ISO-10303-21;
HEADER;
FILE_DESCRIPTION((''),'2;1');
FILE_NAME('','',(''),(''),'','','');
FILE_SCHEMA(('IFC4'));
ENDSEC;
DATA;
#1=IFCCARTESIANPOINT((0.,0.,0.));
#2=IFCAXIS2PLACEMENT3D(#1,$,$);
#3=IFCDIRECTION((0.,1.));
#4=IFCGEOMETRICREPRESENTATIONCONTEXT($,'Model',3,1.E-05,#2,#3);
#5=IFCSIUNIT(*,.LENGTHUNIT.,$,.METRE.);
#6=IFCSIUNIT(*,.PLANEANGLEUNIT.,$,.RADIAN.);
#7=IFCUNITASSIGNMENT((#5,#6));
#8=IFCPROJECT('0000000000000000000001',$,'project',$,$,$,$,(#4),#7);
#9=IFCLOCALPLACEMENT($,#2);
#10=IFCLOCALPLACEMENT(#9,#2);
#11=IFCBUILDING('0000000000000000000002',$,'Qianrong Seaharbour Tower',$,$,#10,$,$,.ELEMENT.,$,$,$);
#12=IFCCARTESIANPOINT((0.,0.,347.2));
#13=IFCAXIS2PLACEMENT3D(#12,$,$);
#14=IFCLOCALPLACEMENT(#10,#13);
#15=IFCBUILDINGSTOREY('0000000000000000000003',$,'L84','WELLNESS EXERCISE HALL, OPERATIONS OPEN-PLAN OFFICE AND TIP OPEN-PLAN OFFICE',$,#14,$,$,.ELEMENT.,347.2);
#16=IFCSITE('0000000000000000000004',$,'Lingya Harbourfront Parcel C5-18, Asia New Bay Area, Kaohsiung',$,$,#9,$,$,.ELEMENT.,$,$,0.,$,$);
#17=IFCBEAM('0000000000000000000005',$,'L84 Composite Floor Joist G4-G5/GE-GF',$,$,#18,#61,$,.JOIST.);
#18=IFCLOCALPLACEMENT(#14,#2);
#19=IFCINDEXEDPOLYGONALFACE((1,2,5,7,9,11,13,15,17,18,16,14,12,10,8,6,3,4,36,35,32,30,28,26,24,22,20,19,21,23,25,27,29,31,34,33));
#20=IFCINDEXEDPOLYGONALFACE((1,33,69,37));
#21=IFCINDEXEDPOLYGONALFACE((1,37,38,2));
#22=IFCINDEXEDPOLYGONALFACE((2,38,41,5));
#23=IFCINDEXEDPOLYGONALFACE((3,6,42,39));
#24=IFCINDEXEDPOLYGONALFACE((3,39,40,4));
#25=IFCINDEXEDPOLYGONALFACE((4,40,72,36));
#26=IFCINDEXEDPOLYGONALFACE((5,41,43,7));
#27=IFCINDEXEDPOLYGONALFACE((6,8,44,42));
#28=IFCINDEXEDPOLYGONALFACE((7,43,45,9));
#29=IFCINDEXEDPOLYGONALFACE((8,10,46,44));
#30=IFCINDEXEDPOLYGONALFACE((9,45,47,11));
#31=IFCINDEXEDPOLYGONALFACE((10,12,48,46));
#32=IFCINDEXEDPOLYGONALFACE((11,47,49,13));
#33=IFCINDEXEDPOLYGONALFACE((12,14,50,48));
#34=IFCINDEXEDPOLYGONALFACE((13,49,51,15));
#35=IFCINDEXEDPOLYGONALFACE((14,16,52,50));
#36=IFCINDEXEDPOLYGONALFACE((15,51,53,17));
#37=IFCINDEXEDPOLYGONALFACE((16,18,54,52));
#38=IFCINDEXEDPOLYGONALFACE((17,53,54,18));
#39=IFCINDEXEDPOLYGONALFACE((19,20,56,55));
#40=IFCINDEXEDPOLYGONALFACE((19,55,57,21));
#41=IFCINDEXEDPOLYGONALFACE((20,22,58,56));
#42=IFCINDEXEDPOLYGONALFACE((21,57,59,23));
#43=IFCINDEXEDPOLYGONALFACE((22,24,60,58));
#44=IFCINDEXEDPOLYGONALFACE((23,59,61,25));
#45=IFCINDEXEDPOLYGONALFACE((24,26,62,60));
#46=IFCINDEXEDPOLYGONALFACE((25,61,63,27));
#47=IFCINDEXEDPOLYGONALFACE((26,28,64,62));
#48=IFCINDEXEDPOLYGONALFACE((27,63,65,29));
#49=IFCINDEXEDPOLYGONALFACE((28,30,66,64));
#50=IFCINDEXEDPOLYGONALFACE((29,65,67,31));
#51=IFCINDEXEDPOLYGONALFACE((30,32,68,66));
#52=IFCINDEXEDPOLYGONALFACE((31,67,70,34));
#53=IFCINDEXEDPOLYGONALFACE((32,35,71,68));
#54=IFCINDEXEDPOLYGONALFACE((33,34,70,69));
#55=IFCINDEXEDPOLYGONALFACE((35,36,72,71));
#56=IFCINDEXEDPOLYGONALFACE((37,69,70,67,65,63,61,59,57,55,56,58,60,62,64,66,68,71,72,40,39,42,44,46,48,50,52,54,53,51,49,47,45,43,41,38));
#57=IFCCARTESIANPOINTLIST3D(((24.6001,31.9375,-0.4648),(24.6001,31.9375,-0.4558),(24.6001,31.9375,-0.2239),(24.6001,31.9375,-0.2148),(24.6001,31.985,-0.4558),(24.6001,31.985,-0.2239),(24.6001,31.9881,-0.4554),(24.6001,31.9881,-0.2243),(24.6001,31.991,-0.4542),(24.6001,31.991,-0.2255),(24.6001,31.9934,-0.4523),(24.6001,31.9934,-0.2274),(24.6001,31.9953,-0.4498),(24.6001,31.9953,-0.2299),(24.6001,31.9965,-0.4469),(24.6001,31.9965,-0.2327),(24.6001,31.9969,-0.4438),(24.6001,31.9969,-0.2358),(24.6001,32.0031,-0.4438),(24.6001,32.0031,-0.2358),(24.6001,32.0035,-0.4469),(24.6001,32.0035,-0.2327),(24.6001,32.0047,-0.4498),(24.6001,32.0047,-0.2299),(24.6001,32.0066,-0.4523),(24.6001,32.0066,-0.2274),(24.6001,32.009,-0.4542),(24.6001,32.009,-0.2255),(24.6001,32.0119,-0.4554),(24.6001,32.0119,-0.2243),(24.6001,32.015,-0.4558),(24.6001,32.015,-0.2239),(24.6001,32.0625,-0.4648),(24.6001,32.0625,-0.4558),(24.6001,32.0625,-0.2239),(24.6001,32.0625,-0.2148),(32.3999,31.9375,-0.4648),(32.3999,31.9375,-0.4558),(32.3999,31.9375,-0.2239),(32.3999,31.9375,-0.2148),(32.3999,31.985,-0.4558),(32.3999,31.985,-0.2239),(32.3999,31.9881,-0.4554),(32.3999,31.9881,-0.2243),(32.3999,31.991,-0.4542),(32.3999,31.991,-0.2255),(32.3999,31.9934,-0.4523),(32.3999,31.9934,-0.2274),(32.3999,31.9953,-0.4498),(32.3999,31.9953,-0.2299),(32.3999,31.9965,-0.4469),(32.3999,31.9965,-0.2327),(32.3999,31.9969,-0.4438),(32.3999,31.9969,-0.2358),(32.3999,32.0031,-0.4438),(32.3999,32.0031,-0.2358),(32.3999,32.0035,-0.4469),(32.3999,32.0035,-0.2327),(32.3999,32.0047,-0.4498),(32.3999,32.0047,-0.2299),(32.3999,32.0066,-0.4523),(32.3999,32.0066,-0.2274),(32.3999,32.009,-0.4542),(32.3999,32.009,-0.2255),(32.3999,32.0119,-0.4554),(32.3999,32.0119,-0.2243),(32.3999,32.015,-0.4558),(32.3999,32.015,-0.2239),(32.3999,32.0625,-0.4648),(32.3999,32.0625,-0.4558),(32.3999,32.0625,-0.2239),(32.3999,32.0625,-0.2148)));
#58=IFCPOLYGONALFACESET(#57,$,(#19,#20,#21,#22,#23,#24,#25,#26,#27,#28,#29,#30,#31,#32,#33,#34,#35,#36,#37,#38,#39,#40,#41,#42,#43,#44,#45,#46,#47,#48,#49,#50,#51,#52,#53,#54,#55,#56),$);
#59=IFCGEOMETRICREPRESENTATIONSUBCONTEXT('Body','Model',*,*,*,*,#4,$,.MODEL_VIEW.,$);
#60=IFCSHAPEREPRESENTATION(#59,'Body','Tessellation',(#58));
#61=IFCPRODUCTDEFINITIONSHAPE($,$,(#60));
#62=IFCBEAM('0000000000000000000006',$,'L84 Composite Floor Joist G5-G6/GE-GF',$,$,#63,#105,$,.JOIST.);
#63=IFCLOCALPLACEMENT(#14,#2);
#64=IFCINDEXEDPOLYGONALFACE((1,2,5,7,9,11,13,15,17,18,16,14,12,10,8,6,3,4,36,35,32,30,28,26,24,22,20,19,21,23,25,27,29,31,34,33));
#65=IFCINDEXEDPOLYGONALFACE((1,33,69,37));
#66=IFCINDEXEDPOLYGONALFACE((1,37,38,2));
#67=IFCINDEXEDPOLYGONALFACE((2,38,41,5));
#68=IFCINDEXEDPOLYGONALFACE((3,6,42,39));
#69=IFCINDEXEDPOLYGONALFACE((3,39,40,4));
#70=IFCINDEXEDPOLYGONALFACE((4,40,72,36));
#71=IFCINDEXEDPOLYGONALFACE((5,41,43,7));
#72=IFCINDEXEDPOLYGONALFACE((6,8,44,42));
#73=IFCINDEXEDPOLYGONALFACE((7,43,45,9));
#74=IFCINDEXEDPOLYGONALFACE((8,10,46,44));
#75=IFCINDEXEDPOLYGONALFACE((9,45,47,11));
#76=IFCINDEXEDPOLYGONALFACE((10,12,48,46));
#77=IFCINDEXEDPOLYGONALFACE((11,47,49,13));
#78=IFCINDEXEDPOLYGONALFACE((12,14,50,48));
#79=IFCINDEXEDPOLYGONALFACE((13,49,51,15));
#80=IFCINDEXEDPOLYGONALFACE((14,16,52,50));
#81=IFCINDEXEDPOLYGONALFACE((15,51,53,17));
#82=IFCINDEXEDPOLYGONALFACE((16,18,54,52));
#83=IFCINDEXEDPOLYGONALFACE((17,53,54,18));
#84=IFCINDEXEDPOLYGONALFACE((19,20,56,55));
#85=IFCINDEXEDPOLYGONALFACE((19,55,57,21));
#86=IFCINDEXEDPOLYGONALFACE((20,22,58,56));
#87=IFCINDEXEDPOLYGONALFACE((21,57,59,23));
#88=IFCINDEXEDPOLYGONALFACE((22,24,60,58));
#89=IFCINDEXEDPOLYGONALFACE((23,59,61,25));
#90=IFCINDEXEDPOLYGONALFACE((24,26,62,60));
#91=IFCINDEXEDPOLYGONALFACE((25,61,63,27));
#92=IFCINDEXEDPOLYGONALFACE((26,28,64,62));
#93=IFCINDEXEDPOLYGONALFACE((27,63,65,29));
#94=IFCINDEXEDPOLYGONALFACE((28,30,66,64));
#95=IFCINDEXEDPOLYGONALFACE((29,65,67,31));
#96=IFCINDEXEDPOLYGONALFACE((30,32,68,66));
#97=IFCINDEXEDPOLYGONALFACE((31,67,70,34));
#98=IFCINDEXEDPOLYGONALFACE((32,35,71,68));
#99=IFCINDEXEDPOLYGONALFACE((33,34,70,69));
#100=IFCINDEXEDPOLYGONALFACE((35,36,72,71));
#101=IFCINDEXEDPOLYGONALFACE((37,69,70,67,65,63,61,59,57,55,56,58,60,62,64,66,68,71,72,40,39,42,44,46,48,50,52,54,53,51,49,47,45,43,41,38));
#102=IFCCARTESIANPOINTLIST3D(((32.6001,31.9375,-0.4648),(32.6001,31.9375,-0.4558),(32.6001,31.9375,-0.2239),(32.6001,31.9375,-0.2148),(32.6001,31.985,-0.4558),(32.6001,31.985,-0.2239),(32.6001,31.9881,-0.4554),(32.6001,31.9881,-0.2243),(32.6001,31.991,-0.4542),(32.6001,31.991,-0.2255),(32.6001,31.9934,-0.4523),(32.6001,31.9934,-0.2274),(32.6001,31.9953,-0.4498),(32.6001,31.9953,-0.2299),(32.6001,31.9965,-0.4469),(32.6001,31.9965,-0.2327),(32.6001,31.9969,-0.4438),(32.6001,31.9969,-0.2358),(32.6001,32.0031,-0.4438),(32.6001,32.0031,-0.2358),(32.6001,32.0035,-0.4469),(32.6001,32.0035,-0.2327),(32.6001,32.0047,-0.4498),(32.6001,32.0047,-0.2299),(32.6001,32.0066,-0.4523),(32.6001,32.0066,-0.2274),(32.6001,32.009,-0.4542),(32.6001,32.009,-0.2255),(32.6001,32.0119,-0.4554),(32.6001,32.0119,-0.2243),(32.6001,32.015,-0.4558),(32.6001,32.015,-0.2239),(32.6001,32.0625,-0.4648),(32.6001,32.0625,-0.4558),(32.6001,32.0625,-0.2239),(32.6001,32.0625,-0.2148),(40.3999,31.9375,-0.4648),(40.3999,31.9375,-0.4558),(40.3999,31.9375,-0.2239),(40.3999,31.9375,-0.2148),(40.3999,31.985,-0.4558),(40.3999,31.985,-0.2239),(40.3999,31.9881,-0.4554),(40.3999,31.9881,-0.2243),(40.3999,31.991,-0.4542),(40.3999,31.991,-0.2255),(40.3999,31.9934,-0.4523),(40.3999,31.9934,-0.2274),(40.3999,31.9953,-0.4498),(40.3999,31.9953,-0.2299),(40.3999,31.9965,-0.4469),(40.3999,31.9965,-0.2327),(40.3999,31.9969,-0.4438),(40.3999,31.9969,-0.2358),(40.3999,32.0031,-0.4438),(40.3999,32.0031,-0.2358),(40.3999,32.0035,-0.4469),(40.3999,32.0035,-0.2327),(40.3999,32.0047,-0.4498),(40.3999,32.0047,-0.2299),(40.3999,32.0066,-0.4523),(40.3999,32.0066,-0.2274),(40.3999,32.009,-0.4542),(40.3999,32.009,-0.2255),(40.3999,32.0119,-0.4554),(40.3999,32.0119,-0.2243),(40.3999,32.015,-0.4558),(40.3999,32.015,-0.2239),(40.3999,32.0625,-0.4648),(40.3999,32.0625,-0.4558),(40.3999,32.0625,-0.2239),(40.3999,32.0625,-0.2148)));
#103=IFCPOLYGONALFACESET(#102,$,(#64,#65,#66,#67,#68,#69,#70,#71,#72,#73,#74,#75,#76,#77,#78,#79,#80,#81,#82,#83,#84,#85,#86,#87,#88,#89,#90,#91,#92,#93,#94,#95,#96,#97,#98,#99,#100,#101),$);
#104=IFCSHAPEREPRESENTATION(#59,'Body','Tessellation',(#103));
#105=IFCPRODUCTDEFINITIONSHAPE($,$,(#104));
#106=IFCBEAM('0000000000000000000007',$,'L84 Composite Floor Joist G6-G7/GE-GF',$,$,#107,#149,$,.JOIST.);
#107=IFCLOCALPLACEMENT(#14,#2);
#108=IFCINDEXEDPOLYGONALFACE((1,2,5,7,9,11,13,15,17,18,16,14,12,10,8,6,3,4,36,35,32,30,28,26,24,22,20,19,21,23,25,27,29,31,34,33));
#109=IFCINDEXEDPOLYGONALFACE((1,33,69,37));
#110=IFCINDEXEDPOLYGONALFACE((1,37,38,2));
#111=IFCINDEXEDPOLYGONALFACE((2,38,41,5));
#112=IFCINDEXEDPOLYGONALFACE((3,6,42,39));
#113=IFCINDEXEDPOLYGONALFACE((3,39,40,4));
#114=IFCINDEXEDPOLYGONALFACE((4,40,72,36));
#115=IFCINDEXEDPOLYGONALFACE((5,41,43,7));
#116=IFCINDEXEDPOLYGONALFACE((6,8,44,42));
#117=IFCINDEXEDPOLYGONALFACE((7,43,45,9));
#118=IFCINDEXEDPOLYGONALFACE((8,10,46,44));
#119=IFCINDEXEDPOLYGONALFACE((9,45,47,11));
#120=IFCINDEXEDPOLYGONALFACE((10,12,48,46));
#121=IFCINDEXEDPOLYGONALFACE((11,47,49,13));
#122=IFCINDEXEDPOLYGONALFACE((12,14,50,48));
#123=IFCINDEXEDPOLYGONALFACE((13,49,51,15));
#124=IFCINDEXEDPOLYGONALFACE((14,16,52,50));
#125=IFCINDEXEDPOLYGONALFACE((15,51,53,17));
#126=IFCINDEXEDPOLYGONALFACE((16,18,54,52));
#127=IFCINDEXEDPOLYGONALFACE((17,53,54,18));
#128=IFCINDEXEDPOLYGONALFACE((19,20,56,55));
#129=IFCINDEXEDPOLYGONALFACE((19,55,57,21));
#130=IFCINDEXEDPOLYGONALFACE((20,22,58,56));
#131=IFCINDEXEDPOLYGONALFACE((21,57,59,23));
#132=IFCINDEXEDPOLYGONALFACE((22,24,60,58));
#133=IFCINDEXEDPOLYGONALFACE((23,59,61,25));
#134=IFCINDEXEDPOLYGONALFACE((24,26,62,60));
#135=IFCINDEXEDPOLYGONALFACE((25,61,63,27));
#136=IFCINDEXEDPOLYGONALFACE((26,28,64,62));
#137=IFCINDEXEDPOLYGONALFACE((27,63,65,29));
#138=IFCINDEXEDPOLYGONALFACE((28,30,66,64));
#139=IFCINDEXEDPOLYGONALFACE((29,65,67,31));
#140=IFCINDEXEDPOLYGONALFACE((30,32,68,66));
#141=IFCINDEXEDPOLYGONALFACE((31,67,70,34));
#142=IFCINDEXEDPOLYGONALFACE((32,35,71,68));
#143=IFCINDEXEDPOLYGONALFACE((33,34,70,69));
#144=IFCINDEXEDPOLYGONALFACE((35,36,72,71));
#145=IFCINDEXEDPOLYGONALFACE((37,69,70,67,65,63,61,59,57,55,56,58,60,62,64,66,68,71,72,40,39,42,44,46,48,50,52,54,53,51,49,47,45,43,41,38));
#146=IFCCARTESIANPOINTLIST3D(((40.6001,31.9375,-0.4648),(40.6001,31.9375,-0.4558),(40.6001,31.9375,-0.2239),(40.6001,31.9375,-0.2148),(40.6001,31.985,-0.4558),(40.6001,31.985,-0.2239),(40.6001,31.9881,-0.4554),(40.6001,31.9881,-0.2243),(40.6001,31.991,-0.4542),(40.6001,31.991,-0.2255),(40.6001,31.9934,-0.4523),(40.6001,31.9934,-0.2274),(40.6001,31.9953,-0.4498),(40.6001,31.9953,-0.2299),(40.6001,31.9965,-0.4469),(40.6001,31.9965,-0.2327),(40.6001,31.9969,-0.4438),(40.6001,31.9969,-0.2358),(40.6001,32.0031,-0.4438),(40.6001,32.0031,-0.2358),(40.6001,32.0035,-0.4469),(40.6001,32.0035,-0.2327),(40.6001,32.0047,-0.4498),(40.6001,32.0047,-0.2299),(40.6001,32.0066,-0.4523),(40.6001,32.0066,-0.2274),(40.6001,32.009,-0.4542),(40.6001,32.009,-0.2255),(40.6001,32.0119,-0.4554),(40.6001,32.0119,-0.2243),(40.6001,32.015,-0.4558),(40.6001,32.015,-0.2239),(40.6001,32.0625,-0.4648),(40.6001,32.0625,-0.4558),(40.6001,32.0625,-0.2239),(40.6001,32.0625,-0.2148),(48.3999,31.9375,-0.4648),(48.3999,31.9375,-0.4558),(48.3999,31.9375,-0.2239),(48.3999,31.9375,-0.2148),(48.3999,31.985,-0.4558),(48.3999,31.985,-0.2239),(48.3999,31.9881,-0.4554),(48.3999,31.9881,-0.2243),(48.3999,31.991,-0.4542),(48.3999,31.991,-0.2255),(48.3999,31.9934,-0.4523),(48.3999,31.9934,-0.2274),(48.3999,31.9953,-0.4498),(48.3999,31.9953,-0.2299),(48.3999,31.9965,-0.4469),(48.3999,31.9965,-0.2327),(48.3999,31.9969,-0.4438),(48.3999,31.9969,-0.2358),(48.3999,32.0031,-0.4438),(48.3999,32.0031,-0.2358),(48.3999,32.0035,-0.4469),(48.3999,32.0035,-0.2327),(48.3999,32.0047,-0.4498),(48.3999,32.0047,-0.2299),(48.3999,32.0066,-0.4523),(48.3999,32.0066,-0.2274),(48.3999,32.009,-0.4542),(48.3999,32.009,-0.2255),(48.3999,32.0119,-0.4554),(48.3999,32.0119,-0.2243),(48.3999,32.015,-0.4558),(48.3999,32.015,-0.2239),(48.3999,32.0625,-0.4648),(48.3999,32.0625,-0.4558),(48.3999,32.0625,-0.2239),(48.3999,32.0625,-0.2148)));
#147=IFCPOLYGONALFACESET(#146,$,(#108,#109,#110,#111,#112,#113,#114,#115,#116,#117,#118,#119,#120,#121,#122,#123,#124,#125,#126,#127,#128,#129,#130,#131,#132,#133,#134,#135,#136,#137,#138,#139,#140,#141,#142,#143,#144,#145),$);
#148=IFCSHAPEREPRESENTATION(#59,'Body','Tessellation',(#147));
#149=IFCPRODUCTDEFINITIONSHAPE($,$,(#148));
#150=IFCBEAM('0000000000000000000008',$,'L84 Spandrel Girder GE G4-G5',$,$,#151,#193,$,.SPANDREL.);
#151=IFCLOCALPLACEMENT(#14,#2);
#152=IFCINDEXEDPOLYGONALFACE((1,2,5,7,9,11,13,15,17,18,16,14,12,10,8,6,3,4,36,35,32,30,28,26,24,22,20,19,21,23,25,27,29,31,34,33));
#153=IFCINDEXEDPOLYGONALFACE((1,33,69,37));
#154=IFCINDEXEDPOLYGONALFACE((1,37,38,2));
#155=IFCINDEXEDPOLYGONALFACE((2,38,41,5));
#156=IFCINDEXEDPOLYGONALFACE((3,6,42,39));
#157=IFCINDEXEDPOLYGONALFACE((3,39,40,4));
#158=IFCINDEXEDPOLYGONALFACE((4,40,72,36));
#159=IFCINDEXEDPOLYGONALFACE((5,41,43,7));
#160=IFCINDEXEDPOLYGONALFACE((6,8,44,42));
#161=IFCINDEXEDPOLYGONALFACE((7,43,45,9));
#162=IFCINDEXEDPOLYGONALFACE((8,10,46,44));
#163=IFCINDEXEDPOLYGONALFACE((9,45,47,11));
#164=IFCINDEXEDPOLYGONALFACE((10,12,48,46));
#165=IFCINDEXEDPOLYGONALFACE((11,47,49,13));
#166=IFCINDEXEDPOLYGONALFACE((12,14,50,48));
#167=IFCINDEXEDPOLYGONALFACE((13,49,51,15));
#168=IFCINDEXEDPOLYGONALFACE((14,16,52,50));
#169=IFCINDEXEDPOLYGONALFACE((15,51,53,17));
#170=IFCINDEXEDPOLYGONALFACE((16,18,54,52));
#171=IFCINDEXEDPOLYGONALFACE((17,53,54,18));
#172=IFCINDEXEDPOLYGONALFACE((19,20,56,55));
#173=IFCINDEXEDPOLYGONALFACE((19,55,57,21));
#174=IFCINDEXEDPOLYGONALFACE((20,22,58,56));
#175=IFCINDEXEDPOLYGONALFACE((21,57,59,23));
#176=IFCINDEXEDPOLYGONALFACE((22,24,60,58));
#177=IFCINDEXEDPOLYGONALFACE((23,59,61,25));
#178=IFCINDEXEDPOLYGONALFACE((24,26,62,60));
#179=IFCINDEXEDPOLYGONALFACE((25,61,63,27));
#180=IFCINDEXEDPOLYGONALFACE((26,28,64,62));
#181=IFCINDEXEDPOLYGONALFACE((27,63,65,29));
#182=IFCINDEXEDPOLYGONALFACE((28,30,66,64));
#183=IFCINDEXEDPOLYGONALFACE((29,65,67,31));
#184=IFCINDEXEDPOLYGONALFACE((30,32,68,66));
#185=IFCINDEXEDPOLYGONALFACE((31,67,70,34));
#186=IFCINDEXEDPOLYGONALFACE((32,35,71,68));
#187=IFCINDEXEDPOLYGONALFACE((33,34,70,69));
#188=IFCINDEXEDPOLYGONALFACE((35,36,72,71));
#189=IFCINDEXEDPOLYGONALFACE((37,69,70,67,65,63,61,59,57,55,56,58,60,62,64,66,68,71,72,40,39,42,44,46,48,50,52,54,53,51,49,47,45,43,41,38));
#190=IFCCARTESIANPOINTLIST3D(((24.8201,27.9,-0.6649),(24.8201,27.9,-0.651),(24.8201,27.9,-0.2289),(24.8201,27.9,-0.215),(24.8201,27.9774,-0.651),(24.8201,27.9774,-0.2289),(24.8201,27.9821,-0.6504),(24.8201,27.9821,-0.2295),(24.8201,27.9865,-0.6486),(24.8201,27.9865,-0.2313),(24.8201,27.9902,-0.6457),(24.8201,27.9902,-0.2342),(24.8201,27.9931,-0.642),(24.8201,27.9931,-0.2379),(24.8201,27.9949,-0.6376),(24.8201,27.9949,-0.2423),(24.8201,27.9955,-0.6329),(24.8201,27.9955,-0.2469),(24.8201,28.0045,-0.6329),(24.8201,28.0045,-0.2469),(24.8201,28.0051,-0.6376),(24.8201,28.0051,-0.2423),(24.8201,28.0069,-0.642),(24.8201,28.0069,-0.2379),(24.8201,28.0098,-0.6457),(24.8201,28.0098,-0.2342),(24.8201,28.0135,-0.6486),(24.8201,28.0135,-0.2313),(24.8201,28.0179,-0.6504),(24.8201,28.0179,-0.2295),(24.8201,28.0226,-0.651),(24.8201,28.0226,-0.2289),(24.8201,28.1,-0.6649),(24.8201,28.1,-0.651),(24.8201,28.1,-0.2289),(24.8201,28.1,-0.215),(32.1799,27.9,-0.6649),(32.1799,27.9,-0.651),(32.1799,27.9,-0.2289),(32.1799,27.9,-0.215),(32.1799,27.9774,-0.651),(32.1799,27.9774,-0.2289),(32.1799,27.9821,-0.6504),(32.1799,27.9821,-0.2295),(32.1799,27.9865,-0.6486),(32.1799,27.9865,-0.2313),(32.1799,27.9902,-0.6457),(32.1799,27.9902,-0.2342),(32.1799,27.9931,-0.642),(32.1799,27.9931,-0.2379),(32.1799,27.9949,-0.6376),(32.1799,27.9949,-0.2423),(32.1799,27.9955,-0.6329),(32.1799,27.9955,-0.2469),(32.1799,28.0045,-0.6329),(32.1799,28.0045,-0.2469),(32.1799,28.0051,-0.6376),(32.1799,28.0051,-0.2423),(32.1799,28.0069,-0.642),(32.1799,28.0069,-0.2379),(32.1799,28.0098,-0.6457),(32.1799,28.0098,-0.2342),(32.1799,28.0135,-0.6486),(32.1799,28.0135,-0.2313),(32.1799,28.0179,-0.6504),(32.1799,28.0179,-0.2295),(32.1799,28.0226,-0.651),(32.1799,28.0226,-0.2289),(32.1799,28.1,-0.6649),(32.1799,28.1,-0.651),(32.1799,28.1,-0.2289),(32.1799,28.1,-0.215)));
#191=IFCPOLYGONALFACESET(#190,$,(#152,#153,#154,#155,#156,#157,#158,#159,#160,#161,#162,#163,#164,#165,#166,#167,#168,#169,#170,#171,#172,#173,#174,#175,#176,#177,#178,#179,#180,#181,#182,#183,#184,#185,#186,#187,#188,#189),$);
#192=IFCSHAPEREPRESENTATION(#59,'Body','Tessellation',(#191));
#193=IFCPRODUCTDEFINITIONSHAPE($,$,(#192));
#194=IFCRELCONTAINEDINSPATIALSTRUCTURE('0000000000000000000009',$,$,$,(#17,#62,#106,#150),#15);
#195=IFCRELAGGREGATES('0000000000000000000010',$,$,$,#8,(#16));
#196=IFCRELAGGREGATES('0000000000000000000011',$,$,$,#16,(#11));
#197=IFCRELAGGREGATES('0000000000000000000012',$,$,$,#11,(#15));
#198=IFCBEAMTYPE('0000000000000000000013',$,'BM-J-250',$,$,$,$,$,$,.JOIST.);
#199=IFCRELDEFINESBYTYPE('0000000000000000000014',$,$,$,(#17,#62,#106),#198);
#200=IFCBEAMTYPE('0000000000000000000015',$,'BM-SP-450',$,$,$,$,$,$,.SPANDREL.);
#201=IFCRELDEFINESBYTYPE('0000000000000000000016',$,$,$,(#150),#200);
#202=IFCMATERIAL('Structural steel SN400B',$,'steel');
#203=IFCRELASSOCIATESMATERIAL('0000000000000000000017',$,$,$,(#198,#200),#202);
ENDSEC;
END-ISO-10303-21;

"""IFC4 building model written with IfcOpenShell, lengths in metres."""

from ifc_helpers import new_model, si_unit, direction, frame, origin, origin_2d, place, context, subcontext, project, spatial, i_section, extrude, material, material_profile, profile_set, type_object, element, save


model = new_model("IFC4")

# Units and contexts
model_context = context("Model", 3, precision=1e-05, world=origin(), true_north=direction((0.0, 1.0)))
body_context = subcontext(model_context, "Body", "Model", "MODEL_VIEW")
ifc_project = project(units=[si_unit("LENGTHUNIT", "METRE"), si_unit("PLANEANGLEUNIT", "RADIAN")], contexts=[model_context])

# Site, building, storey
site_placement = place(None, origin())
site = spatial("IfcSite", under=ifc_project, at=site_placement, Name="Lingya Harbourfront Parcel C5-18, Asia New Bay Area, Kaohsiung", CompositionType="ELEMENT", RefElevation=0.0)
building_placement = place(site_placement, origin())
building = spatial("IfcBuilding", under=site, at=building_placement, Name="Qianrong Seaharbour Tower", CompositionType="ELEMENT")
storey_placement = place(building_placement, frame((0.0, 0.0, 347.2)))
storey = spatial("IfcBuildingStorey", under=building, at=storey_placement, Name="L84", Description="WELLNESS EXERCISE HALL, OPERATIONS OPEN-PLAN OFFICE AND TIP OPEN-PLAN OFFICE", CompositionType="ELEMENT", Elevation=347.2)

# Shared definitions
ifc_material_1 = material(Name="Structural steel SN400B", Category="steel")

# Beams
ifc_material_profile_1 = material_profile(ifc_material_1, i_section(OverallWidth=0.125, OverallDepth=0.25, WebThickness=0.0061, FlangeThickness=0.009, FilletRadius=0.012, at=origin_2d()), Name="H250x125x6x9")
ifc_profile_set_1 = profile_set([ifc_material_profile_1], Name="Structural steel SN400B")
beam_type_1 = type_object("IfcBeamType", Name="BM-J-250", PredefinedType="JOIST", material=ifc_profile_set_1)
for number, where, z_axis, x_axis, name in (
    (1, (24.6001, 32.0, -0.3398), (1.0, 0.0, 0.0), (0.0, 1.0, 0.0), "L84 Composite Floor Joist G4-G5/GE-GF"),
    (2, (32.6001, 32.0, -0.3398), (1.0, 0.0, 0.0), (0.0, 1.0, 0.0), "L84 Composite Floor Joist G5-G6/GE-GF"),
    (3, (40.6001, 32.0, -0.3398), (1.0, 0.0, 0.0), (0.0, 1.0, 0.0), "L84 Composite Floor Joist G6-G7/GE-GF"),
):
    element("IfcBeam", number, at=place(storey_placement, frame(where, z_axis=z_axis, x_axis=x_axis)), inside=storey, type_object=beam_type_1, Name=name, PredefinedType="JOIST", context=body_context, shape_type="SweptSolid", body=[
        extrude(i_section(OverallWidth=0.125, OverallDepth=0.25, WebThickness=0.0061, FlangeThickness=0.009, FilletRadius=0.012, at=origin_2d()), origin(), (0.0, 0.0, 1.0), 7.7998),
    ])
ifc_material_profile_2 = material_profile(ifc_material_1, i_section(OverallWidth=0.2, OverallDepth=0.45, WebThickness=0.009, FlangeThickness=0.0139, FilletRadius=0.0181, at=origin_2d()), Name="H450x200x9x14")
ifc_profile_set_2 = profile_set([ifc_material_profile_2], Name="Structural steel SN400B")
beam_type_2 = type_object("IfcBeamType", Name="BM-SP-450", PredefinedType="SPANDREL", material=ifc_profile_set_2)
for number, where, z_axis, x_axis, name in (
    (4, (24.8201, 28.0, -0.4399), (1.0, 0.0, 0.0), (0.0, 1.0, 0.0), "L84 Spandrel Girder GE G4-G5"),
):
    element("IfcBeam", number, at=place(storey_placement, frame(where, z_axis=z_axis, x_axis=x_axis)), inside=storey, type_object=beam_type_2, Name=name, PredefinedType="SPANDREL", context=body_context, shape_type="SweptSolid", body=[
        extrude(i_section(OverallWidth=0.2, OverallDepth=0.45, WebThickness=0.009, FlangeThickness=0.0139, FilletRadius=0.0181, at=origin_2d()), origin(), (0.0, 0.0, 1.0), 7.3599),
    ])

save(model, "model.ifc")
